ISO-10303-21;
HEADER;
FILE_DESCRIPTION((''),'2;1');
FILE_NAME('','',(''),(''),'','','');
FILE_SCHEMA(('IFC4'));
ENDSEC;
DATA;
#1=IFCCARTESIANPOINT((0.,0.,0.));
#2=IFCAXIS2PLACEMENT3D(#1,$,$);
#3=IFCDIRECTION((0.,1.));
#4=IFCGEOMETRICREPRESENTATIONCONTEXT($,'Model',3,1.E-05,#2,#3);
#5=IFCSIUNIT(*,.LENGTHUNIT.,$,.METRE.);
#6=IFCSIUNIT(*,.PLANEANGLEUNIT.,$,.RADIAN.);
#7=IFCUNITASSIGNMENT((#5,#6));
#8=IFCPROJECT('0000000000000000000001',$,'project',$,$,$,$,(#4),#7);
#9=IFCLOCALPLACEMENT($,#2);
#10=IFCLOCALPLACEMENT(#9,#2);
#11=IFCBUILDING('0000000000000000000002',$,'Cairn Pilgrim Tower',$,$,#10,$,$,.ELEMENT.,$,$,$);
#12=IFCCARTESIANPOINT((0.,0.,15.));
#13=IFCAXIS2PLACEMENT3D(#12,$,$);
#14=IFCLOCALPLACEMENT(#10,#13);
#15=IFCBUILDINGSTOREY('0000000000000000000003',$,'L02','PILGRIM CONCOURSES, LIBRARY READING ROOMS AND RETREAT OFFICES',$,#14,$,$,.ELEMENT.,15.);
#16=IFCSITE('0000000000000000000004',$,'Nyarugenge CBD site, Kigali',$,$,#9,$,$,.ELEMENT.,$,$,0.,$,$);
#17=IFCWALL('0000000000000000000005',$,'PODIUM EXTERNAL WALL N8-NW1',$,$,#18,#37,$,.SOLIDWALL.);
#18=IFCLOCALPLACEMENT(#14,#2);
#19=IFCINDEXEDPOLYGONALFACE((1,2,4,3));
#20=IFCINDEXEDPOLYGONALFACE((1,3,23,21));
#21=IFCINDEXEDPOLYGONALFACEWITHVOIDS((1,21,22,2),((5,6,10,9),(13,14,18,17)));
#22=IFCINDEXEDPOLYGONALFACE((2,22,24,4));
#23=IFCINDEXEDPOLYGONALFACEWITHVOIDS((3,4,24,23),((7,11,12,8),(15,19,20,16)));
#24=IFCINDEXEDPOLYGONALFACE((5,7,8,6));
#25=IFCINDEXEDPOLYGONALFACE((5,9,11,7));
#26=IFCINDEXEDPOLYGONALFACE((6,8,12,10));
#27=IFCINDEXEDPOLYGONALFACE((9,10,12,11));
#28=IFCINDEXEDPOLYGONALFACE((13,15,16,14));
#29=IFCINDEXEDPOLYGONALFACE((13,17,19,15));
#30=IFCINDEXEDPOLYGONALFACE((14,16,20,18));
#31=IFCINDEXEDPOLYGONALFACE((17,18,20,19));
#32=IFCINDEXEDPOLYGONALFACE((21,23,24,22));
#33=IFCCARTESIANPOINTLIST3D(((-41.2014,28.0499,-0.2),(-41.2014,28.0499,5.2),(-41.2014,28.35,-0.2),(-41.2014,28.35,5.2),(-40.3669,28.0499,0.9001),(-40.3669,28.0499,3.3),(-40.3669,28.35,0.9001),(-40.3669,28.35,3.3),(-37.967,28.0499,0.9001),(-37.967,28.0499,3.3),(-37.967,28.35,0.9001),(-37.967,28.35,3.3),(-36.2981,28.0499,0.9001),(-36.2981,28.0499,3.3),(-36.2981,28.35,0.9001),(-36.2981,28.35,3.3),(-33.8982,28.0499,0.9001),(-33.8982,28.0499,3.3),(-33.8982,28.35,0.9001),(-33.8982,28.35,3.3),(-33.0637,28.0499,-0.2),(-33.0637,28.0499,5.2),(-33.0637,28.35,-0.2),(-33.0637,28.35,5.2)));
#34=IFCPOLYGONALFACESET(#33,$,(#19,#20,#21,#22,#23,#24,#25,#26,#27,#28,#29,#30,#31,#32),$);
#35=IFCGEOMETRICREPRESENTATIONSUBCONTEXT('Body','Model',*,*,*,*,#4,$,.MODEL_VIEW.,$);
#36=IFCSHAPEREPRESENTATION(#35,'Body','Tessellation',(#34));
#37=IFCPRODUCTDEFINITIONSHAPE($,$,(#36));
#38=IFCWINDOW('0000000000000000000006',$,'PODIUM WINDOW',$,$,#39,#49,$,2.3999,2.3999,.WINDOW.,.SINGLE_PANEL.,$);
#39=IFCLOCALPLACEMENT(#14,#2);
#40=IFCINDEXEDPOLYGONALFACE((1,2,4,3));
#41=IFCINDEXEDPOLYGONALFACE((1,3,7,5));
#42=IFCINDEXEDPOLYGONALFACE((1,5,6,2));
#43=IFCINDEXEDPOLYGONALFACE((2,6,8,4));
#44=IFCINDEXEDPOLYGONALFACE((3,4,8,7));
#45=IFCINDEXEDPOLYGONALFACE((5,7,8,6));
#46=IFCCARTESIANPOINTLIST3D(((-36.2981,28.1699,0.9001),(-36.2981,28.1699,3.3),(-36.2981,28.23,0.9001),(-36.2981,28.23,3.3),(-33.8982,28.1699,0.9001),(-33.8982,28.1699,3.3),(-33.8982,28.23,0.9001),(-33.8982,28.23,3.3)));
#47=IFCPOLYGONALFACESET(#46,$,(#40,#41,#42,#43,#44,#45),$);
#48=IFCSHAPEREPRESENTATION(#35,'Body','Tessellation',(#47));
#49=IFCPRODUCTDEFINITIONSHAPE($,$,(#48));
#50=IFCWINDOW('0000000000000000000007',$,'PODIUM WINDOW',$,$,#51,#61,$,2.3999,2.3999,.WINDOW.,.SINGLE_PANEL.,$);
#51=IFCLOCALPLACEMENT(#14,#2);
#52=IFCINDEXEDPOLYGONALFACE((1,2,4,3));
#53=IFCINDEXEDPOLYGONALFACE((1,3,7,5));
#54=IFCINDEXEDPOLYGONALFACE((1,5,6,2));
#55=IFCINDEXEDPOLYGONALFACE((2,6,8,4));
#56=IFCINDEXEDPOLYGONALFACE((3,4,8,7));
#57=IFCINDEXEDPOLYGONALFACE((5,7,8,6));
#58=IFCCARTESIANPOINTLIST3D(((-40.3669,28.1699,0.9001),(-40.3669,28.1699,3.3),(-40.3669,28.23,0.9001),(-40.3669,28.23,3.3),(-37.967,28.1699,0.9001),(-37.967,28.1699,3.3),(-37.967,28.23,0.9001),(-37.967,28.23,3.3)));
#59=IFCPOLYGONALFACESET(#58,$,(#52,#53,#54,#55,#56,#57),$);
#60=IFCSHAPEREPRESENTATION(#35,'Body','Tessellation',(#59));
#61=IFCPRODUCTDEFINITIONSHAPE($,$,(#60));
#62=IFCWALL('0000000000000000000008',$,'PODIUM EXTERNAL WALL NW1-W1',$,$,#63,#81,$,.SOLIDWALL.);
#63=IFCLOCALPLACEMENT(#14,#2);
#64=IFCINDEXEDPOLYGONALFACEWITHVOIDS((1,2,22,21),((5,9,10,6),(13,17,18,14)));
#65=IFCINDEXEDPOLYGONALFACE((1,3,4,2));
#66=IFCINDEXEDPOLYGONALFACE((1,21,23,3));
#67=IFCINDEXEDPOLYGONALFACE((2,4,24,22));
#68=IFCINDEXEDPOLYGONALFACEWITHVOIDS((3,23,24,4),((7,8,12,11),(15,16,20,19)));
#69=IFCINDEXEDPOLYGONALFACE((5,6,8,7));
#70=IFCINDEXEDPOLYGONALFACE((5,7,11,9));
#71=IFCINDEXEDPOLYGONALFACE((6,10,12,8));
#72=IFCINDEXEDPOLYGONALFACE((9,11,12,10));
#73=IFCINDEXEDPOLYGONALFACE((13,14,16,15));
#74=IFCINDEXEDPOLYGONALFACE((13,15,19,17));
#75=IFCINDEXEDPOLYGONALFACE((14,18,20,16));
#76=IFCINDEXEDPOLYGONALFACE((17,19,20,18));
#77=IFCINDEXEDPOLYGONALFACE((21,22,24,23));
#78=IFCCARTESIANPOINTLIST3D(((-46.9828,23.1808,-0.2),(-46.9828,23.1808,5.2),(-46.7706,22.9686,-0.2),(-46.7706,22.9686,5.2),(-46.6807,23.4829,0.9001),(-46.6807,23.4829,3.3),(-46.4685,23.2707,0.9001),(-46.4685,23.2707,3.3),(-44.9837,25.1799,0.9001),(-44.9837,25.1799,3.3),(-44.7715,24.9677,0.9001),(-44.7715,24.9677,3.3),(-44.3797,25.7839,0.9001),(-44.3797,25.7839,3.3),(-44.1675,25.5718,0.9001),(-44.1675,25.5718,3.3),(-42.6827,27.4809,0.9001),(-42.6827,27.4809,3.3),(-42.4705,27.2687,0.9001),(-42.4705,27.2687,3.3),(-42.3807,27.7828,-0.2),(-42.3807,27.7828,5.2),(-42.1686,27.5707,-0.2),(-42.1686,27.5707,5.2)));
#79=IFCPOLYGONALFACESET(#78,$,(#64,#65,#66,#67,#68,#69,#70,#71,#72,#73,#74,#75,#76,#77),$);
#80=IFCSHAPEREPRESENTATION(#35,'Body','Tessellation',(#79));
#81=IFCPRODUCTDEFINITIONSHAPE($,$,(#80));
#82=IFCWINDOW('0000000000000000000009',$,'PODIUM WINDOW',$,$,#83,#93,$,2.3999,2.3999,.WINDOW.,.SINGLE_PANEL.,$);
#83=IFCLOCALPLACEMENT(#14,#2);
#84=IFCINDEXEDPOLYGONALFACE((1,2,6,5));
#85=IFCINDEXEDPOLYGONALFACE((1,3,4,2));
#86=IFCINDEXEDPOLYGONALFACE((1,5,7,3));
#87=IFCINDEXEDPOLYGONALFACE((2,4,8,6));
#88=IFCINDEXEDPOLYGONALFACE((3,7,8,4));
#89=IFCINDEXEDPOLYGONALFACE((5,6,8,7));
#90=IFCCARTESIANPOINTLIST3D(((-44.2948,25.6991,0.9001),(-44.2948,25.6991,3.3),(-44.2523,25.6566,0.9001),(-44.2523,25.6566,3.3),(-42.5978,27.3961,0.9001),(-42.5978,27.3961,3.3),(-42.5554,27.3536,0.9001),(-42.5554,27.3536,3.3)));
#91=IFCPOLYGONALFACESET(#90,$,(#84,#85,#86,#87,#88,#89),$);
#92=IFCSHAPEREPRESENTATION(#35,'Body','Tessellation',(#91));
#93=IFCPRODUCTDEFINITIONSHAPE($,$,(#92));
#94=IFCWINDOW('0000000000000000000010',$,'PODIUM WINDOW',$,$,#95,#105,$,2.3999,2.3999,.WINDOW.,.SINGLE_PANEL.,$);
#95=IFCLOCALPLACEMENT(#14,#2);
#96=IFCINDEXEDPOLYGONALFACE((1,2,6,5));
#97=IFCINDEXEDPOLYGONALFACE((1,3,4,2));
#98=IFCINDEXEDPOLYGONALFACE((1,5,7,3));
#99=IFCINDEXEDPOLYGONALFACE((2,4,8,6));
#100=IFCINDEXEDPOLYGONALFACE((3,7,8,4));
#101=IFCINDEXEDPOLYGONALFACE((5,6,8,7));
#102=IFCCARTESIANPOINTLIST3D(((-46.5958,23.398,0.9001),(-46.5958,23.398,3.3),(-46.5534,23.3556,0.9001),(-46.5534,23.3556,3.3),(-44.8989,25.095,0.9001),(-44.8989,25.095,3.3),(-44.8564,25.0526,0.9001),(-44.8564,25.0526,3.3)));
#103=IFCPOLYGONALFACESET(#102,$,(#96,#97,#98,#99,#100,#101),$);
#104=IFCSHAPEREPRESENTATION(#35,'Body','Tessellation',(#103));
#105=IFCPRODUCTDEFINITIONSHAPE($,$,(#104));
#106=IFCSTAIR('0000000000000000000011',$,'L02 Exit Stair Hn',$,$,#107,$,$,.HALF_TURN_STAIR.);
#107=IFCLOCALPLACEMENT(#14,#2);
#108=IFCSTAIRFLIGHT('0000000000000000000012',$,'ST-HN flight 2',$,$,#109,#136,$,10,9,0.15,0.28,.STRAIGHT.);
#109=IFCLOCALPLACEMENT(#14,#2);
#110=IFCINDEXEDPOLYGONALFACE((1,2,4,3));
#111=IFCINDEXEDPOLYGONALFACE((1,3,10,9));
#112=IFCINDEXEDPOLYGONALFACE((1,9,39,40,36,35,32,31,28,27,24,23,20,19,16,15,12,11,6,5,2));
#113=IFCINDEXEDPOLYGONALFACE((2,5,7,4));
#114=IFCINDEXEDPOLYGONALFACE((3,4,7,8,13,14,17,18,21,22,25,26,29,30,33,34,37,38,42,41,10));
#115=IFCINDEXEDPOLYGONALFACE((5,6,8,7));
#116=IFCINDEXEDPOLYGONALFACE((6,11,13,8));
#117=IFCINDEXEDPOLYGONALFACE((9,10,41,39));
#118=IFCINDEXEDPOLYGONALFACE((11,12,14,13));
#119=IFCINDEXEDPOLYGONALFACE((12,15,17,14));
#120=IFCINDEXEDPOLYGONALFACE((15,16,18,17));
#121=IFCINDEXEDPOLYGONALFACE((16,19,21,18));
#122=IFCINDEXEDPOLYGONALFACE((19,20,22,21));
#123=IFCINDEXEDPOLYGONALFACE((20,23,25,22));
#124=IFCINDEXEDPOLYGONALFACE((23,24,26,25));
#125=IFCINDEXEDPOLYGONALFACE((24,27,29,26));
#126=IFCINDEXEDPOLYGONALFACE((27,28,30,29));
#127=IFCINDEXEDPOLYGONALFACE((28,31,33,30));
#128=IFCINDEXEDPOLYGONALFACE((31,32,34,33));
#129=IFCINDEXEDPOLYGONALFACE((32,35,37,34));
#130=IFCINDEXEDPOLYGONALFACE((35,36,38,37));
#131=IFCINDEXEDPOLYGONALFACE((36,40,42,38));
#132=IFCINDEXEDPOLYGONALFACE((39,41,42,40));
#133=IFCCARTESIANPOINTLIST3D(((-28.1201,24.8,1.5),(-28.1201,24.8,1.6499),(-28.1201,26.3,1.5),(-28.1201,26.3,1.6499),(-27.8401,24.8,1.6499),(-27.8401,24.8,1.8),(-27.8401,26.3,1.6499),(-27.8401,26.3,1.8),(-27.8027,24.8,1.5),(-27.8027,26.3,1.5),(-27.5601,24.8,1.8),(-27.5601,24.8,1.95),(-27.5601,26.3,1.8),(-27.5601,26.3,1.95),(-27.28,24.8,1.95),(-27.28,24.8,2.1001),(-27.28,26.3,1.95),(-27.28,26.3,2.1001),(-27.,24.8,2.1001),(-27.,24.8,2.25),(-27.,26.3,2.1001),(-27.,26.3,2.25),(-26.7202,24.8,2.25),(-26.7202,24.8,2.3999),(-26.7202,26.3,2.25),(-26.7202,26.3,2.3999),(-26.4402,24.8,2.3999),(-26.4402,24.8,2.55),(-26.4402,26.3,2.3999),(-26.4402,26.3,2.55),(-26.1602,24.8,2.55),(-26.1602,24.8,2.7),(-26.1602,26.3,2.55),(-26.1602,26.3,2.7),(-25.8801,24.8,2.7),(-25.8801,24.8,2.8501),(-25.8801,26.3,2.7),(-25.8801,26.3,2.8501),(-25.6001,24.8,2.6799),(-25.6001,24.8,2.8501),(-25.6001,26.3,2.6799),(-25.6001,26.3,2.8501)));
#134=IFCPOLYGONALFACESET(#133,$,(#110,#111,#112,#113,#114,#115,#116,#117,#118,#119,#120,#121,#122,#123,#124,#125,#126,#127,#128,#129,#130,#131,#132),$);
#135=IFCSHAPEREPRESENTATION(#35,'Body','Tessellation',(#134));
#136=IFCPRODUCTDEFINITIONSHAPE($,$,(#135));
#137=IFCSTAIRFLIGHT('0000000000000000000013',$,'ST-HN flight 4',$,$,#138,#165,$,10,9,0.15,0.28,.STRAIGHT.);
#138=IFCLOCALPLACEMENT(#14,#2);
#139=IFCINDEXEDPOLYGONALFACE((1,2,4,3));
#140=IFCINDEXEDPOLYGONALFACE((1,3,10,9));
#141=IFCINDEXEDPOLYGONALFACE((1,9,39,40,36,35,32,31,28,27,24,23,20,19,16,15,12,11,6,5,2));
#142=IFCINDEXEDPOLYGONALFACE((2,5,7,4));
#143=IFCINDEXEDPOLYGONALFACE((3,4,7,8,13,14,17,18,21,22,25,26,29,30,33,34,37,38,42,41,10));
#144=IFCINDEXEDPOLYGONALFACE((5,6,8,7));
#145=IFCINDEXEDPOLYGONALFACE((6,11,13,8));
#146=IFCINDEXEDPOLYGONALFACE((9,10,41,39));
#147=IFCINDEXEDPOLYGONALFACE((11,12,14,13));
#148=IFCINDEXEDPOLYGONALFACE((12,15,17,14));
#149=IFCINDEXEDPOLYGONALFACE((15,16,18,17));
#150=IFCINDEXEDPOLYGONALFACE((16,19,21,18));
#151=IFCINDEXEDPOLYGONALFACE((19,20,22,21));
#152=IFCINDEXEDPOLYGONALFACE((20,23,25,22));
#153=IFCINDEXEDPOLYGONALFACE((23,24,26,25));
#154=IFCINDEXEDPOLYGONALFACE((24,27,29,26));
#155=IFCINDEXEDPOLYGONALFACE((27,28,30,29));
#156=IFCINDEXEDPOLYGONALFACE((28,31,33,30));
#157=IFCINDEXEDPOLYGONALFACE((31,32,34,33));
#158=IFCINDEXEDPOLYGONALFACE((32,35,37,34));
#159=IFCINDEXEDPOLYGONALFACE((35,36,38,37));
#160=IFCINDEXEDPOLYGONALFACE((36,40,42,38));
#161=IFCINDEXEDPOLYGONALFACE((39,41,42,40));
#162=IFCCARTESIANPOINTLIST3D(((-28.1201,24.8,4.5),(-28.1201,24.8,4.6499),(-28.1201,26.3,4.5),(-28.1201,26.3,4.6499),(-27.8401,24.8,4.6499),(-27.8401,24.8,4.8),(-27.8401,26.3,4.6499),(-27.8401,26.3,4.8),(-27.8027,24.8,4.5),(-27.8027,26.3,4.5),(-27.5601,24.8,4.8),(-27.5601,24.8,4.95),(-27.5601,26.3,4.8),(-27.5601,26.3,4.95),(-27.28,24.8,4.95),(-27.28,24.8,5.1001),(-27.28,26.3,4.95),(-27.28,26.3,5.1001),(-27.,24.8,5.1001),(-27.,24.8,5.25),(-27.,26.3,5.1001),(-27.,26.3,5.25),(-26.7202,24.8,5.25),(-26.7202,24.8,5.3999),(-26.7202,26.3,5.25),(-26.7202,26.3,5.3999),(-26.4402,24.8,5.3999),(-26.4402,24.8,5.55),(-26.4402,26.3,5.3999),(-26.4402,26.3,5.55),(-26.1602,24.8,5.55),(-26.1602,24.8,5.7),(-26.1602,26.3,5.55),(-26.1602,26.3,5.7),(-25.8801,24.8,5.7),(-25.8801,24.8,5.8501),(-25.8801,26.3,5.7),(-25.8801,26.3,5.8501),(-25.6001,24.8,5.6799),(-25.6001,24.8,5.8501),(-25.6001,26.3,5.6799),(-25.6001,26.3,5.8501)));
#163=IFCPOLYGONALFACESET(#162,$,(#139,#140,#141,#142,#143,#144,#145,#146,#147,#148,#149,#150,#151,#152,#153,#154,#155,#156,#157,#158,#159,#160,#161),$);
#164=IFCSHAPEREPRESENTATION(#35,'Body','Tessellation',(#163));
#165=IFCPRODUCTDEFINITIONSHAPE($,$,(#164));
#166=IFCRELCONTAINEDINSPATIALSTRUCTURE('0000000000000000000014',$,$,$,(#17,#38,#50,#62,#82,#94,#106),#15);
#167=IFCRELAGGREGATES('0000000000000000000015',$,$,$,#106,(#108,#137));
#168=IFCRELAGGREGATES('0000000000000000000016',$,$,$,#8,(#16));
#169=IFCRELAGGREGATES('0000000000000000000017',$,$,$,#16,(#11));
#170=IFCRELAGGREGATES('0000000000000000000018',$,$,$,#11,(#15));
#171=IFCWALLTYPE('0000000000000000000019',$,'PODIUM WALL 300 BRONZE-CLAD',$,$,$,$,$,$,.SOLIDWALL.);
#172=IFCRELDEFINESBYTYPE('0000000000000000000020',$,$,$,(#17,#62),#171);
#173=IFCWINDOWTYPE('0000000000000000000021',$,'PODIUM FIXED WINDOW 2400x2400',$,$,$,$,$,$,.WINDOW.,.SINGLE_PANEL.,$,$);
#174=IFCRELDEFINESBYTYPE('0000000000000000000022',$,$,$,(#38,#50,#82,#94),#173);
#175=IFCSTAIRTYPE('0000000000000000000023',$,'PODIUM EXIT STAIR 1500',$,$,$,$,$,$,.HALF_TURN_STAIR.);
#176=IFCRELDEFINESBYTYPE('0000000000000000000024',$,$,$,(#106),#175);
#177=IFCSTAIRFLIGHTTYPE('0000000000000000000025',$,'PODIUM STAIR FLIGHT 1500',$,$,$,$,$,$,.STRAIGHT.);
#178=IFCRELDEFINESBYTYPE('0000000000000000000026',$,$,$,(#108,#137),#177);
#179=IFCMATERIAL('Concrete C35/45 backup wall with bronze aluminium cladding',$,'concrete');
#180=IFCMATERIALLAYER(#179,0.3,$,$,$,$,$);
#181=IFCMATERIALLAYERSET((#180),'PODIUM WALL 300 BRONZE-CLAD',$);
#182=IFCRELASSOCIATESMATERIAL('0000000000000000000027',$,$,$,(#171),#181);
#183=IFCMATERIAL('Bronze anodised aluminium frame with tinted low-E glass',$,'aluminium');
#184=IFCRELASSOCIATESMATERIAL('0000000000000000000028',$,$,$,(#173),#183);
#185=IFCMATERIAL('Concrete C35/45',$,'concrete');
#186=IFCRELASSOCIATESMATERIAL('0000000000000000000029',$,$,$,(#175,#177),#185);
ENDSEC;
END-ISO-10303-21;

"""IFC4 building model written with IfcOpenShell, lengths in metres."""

from ifc_helpers import new_model, si_unit, direction, frame, frame_2d, origin, place, context, subcontext, project, spatial, polyline, rectangle, outline, extrude, material, layer, layer_set, type_object, element, fill, aggregate, save


model = new_model("IFC4")

# Units and contexts
model_context = context("Model", 3, precision=1e-05, world=origin(), true_north=direction((0.0, 1.0)))
body_context = subcontext(model_context, "Body", "Model", "MODEL_VIEW")
ifc_project = project(units=[si_unit("LENGTHUNIT", "METRE"), si_unit("PLANEANGLEUNIT", "RADIAN")], contexts=[model_context])

# Site, building, storey
site_placement = place(None, origin())
site = spatial("IfcSite", under=ifc_project, at=site_placement, Name="Nyarugenge CBD site, Kigali", CompositionType="ELEMENT", RefElevation=0.0)
building_placement = place(site_placement, origin())
building = spatial("IfcBuilding", under=site, at=building_placement, Name="Cairn Pilgrim Tower", CompositionType="ELEMENT")
storey_placement = place(building_placement, frame((0.0, 0.0, 15.0)))
storey = spatial("IfcBuildingStorey", under=building, at=storey_placement, Name="L02", Description="PILGRIM CONCOURSES, LIBRARY READING ROOMS AND RETREAT OFFICES", CompositionType="ELEMENT", Elevation=15.0)

# Shared definitions
ifc_material_1 = material(Name="Concrete C35/45", Category="concrete")

# Walls, openings, windows
ifc_material_2 = material(Name="Concrete C35/45 backup wall with bronze aluminium cladding", Category="concrete")
ifc_layer_1 = layer(ifc_material_2, 0.3)
ifc_layer_set_1 = layer_set([ifc_layer_1], Name="PODIUM WALL 300 BRONZE-CLAD")
wall_type_1 = type_object("IfcWallType", Name="PODIUM WALL 300 BRONZE-CLAD", PredefinedType="SOLIDWALL", material=ifc_layer_set_1)
wall_1_placement = place(storey_placement, frame((-33.0637, 28.2, -0.2), z_axis=(0.0, 0.0, 1.0), x_axis=(-1.0, 0.0, 0.0)))
wall_1 = element("IfcWall", 1, at=wall_1_placement, inside=storey, type_object=wall_type_1, Name="PODIUM EXTERNAL WALL N8-NW1", PredefinedType="SOLIDWALL", context=body_context, shape_type="SweptSolid", body=[
    extrude(rectangle(XDim=8.1377, YDim=0.3, at=frame_2d((4.0688, 0.0))), origin(), (0.0, 0.0, 1.0), 5.3999),
])
opening_1_placement = place(wall_1_placement, frame((0.8345, 0.0, 1.1001)))
opening_1 = element("IfcOpeningElement", 2, at=opening_1_placement, cuts=wall_1, PredefinedType="OPENING", context=body_context, shape_type="SweptSolid", body=[
    extrude(rectangle(XDim=2.3999, YDim=2.3999, at=frame_2d((1.2, 1.2))), frame((0.0, 0.1602, 0.0), z_axis=(0.0, -1.0, 0.0), x_axis=(1.0, 0.0, 0.0)), (0.0, 0.0, 1.0), 0.3201),
])
opening_2_placement = place(wall_1_placement, frame((4.9033, 0.0, 1.1001)))
opening_2 = element("IfcOpeningElement", 3, at=opening_2_placement, cuts=wall_1, PredefinedType="OPENING", context=body_context, shape_type="SweptSolid", body=[
    extrude(rectangle(XDim=2.3999, YDim=2.3999, at=frame_2d((1.2, 1.2))), frame((0.0, 0.1602, 0.0), z_axis=(0.0, -1.0, 0.0), x_axis=(1.0, 0.0, 0.0)), (0.0, 0.0, 1.0), 0.3201),
])
ifc_material_3 = material(Name="Bronze anodised aluminium frame with tinted low-E glass", Category="aluminium")
window_type = type_object("IfcWindowType", Name="PODIUM FIXED WINDOW 2400x2400", PartitioningType="SINGLE_PANEL", PredefinedType="WINDOW", material=ifc_material_3)
window_1_placement = place(opening_1_placement, origin())
window_1 = element("IfcWindow", 4, at=window_1_placement, inside=storey, type_object=window_type, Name="PODIUM WINDOW", OverallHeight=2.3999, OverallWidth=2.3999, PartitioningType="SINGLE_PANEL", PredefinedType="WINDOW", context=body_context, shape_type="SweptSolid", body=[
    extrude(rectangle(XDim=2.3999, YDim=2.3999, at=frame_2d((1.2, 1.2))), frame((0.0, 0.03, 0.0), z_axis=(0.0, -1.0, 0.0), x_axis=(1.0, 0.0, 0.0)), (0.0, 0.0, 1.0), 0.0601),
])
fill(opening_1, window_1)
window_2_placement = place(opening_2_placement, origin())
window_2 = element("IfcWindow", 5, at=window_2_placement, inside=storey, type_object=window_type, Name="PODIUM WINDOW", OverallHeight=2.3999, OverallWidth=2.3999, PartitioningType="SINGLE_PANEL", PredefinedType="WINDOW", context=body_context, shape_type="SweptSolid", body=[
    extrude(rectangle(XDim=2.3999, YDim=2.3999, at=frame_2d((1.2, 1.2))), frame((0.0, 0.03, 0.0), z_axis=(0.0, -1.0, 0.0), x_axis=(1.0, 0.0, 0.0)), (0.0, 0.0, 1.0), 0.0601),
])
fill(opening_2, window_2)
wall_2_placement = place(storey_placement, frame((-42.2747, 27.6768, -0.2), z_axis=(0.0, 0.0, 1.0), x_axis=(-0.707107, -0.707107, 0.0)))
wall_2 = element("IfcWall", 6, at=wall_2_placement, inside=storey, type_object=wall_type_1, Name="PODIUM EXTERNAL WALL NW1-W1", PredefinedType="SOLIDWALL", context=body_context, shape_type="SweptSolid", body=[
    extrude(rectangle(XDim=6.5083, YDim=0.3, at=frame_2d((3.2542, 0.0))), origin(), (0.0, 0.0, 1.0), 5.3999),
])
opening_3_placement = place(wall_2_placement, frame((0.427, 0.0, 1.1001)))
opening_3 = element("IfcOpeningElement", 7, at=opening_3_placement, cuts=wall_2, PredefinedType="OPENING", context=body_context, shape_type="SweptSolid", body=[
    extrude(rectangle(XDim=2.3999, YDim=2.3999, at=frame_2d((1.2, 1.2))), frame((0.0, 0.1602, 0.0), z_axis=(0.0, -1.0, 0.0), x_axis=(1.0, 0.0, 0.0)), (0.0, 0.0, 1.0), 0.3201),
])
opening_4_placement = place(wall_2_placement, frame((3.6812, 0.0, 1.1001)))
opening_4 = element("IfcOpeningElement", 8, at=opening_4_placement, cuts=wall_2, PredefinedType="OPENING", context=body_context, shape_type="SweptSolid", body=[
    extrude(rectangle(XDim=2.3999, YDim=2.3999, at=frame_2d((1.2, 1.2))), frame((0.0, 0.1602, 0.0), z_axis=(0.0, -1.0, 0.0), x_axis=(1.0, 0.0, 0.0)), (0.0, 0.0, 1.0), 0.3201),
])
window_3_placement = place(opening_3_placement, origin())
window_3 = element("IfcWindow", 9, at=window_3_placement, inside=storey, type_object=window_type, Name="PODIUM WINDOW", OverallHeight=2.3999, OverallWidth=2.3999, PartitioningType="SINGLE_PANEL", PredefinedType="WINDOW", context=body_context, shape_type="SweptSolid", body=[
    extrude(rectangle(XDim=2.3999, YDim=2.3999, at=frame_2d((1.2, 1.2))), frame((0.0, 0.03, 0.0), z_axis=(0.0, -1.0, 0.0), x_axis=(1.0, 0.0, 0.0)), (0.0, 0.0, 1.0), 0.0601),
])
fill(opening_3, window_3)
window_4_placement = place(opening_4_placement, origin())
window_4 = element("IfcWindow", 10, at=window_4_placement, inside=storey, type_object=window_type, Name="PODIUM WINDOW", OverallHeight=2.3999, OverallWidth=2.3999, PartitioningType="SINGLE_PANEL", PredefinedType="WINDOW", context=body_context, shape_type="SweptSolid", body=[
    extrude(rectangle(XDim=2.3999, YDim=2.3999, at=frame_2d((1.2, 1.2))), frame((0.0, 0.03, 0.0), z_axis=(0.0, -1.0, 0.0), x_axis=(1.0, 0.0, 0.0)), (0.0, 0.0, 1.0), 0.0601),
])
fill(opening_4, window_4)

# Stair, stair flights
stair_type = type_object("IfcStairType", Name="PODIUM EXIT STAIR 1500", PredefinedType="HALF_TURN_STAIR", material=ifc_material_1)
stair_placement = place(storey_placement, origin())
stair = element("IfcStair", 11, at=stair_placement, inside=storey, type_object=stair_type, Name="L02 Exit Stair Hn", PredefinedType="HALF_TURN_STAIR")
stair_flight_type = type_object("IfcStairFlightType", Name="PODIUM STAIR FLIGHT 1500", PredefinedType="STRAIGHT", material=ifc_material_1)
stair_flight_1_placement = place(storey_placement, frame((-28.1201, 25.55, 1.5), z_axis=(0.0, 0.0, 1.0), x_axis=(1.0, 0.0, 0.0)))
stair_flight_1 = element("IfcStairFlight", 12, at=stair_flight_1_placement, type_object=stair_flight_type, Name="ST-HN flight 2", NumberOfRisers=10, NumberOfTreads=9, PredefinedType="STRAIGHT", RiserHeight=0.15, TreadLength=0.28, context=body_context, shape_type="SweptSolid", body=[
    extrude(outline(polyline([(0.0, 0.0), (0.0, 0.1499), (0.28, 0.1499), (0.28, 0.3), (0.5601, 0.3), (0.5601, 0.45), (0.8401, 0.45), (0.8401, 0.6001), (1.1201, 0.6001), (1.1201, 0.75), (1.3999, 0.75), (1.3999, 0.8999), (1.6799, 0.8999), (1.6799, 1.05), (1.96, 1.05), (1.96, 1.2), (2.24, 1.2), (2.24, 1.3501), (2.52, 1.3501), (2.52, 1.5), (2.52, 1.1799), (0.3174, 0.0), (0.0, 0.0)])), frame((0.0, 0.75, 0.0), z_axis=(0.0, -1.0, 0.0), x_axis=(1.0, 0.0, 0.0)), (0.0, 0.0, 1.0), 1.5),
])
stair_flight_2_placement = place(storey_placement, frame((-28.1201, 25.55, 4.5), z_axis=(0.0, 0.0, 1.0), x_axis=(1.0, 0.0, 0.0)))
stair_flight_2 = element("IfcStairFlight", 13, at=stair_flight_2_placement, type_object=stair_flight_type, Name="ST-HN flight 4", NumberOfRisers=10, NumberOfTreads=9, PredefinedType="STRAIGHT", RiserHeight=0.15, TreadLength=0.28, context=body_context, shape_type="SweptSolid", body=[
    extrude(outline(polyline([(0.0, 0.0), (0.0, 0.1499), (0.28, 0.1499), (0.28, 0.3), (0.5601, 0.3), (0.5601, 0.45), (0.8401, 0.45), (0.8401, 0.6001), (1.1201, 0.6001), (1.1201, 0.75), (1.3999, 0.75), (1.3999, 0.8999), (1.6799, 0.8999), (1.6799, 1.05), (1.96, 1.05), (1.96, 1.2), (2.24, 1.2), (2.24, 1.3501), (2.52, 1.3501), (2.52, 1.5), (2.52, 1.1799), (0.3174, 0.0), (0.0, 0.0)])), frame((0.0, 0.75, 0.0), z_axis=(0.0, -1.0, 0.0), x_axis=(1.0, 0.0, 0.0)), (0.0, 0.0, 1.0), 1.5),
])
aggregate(stair, [stair_flight_1, stair_flight_2])

save(model, "model.ifc")
